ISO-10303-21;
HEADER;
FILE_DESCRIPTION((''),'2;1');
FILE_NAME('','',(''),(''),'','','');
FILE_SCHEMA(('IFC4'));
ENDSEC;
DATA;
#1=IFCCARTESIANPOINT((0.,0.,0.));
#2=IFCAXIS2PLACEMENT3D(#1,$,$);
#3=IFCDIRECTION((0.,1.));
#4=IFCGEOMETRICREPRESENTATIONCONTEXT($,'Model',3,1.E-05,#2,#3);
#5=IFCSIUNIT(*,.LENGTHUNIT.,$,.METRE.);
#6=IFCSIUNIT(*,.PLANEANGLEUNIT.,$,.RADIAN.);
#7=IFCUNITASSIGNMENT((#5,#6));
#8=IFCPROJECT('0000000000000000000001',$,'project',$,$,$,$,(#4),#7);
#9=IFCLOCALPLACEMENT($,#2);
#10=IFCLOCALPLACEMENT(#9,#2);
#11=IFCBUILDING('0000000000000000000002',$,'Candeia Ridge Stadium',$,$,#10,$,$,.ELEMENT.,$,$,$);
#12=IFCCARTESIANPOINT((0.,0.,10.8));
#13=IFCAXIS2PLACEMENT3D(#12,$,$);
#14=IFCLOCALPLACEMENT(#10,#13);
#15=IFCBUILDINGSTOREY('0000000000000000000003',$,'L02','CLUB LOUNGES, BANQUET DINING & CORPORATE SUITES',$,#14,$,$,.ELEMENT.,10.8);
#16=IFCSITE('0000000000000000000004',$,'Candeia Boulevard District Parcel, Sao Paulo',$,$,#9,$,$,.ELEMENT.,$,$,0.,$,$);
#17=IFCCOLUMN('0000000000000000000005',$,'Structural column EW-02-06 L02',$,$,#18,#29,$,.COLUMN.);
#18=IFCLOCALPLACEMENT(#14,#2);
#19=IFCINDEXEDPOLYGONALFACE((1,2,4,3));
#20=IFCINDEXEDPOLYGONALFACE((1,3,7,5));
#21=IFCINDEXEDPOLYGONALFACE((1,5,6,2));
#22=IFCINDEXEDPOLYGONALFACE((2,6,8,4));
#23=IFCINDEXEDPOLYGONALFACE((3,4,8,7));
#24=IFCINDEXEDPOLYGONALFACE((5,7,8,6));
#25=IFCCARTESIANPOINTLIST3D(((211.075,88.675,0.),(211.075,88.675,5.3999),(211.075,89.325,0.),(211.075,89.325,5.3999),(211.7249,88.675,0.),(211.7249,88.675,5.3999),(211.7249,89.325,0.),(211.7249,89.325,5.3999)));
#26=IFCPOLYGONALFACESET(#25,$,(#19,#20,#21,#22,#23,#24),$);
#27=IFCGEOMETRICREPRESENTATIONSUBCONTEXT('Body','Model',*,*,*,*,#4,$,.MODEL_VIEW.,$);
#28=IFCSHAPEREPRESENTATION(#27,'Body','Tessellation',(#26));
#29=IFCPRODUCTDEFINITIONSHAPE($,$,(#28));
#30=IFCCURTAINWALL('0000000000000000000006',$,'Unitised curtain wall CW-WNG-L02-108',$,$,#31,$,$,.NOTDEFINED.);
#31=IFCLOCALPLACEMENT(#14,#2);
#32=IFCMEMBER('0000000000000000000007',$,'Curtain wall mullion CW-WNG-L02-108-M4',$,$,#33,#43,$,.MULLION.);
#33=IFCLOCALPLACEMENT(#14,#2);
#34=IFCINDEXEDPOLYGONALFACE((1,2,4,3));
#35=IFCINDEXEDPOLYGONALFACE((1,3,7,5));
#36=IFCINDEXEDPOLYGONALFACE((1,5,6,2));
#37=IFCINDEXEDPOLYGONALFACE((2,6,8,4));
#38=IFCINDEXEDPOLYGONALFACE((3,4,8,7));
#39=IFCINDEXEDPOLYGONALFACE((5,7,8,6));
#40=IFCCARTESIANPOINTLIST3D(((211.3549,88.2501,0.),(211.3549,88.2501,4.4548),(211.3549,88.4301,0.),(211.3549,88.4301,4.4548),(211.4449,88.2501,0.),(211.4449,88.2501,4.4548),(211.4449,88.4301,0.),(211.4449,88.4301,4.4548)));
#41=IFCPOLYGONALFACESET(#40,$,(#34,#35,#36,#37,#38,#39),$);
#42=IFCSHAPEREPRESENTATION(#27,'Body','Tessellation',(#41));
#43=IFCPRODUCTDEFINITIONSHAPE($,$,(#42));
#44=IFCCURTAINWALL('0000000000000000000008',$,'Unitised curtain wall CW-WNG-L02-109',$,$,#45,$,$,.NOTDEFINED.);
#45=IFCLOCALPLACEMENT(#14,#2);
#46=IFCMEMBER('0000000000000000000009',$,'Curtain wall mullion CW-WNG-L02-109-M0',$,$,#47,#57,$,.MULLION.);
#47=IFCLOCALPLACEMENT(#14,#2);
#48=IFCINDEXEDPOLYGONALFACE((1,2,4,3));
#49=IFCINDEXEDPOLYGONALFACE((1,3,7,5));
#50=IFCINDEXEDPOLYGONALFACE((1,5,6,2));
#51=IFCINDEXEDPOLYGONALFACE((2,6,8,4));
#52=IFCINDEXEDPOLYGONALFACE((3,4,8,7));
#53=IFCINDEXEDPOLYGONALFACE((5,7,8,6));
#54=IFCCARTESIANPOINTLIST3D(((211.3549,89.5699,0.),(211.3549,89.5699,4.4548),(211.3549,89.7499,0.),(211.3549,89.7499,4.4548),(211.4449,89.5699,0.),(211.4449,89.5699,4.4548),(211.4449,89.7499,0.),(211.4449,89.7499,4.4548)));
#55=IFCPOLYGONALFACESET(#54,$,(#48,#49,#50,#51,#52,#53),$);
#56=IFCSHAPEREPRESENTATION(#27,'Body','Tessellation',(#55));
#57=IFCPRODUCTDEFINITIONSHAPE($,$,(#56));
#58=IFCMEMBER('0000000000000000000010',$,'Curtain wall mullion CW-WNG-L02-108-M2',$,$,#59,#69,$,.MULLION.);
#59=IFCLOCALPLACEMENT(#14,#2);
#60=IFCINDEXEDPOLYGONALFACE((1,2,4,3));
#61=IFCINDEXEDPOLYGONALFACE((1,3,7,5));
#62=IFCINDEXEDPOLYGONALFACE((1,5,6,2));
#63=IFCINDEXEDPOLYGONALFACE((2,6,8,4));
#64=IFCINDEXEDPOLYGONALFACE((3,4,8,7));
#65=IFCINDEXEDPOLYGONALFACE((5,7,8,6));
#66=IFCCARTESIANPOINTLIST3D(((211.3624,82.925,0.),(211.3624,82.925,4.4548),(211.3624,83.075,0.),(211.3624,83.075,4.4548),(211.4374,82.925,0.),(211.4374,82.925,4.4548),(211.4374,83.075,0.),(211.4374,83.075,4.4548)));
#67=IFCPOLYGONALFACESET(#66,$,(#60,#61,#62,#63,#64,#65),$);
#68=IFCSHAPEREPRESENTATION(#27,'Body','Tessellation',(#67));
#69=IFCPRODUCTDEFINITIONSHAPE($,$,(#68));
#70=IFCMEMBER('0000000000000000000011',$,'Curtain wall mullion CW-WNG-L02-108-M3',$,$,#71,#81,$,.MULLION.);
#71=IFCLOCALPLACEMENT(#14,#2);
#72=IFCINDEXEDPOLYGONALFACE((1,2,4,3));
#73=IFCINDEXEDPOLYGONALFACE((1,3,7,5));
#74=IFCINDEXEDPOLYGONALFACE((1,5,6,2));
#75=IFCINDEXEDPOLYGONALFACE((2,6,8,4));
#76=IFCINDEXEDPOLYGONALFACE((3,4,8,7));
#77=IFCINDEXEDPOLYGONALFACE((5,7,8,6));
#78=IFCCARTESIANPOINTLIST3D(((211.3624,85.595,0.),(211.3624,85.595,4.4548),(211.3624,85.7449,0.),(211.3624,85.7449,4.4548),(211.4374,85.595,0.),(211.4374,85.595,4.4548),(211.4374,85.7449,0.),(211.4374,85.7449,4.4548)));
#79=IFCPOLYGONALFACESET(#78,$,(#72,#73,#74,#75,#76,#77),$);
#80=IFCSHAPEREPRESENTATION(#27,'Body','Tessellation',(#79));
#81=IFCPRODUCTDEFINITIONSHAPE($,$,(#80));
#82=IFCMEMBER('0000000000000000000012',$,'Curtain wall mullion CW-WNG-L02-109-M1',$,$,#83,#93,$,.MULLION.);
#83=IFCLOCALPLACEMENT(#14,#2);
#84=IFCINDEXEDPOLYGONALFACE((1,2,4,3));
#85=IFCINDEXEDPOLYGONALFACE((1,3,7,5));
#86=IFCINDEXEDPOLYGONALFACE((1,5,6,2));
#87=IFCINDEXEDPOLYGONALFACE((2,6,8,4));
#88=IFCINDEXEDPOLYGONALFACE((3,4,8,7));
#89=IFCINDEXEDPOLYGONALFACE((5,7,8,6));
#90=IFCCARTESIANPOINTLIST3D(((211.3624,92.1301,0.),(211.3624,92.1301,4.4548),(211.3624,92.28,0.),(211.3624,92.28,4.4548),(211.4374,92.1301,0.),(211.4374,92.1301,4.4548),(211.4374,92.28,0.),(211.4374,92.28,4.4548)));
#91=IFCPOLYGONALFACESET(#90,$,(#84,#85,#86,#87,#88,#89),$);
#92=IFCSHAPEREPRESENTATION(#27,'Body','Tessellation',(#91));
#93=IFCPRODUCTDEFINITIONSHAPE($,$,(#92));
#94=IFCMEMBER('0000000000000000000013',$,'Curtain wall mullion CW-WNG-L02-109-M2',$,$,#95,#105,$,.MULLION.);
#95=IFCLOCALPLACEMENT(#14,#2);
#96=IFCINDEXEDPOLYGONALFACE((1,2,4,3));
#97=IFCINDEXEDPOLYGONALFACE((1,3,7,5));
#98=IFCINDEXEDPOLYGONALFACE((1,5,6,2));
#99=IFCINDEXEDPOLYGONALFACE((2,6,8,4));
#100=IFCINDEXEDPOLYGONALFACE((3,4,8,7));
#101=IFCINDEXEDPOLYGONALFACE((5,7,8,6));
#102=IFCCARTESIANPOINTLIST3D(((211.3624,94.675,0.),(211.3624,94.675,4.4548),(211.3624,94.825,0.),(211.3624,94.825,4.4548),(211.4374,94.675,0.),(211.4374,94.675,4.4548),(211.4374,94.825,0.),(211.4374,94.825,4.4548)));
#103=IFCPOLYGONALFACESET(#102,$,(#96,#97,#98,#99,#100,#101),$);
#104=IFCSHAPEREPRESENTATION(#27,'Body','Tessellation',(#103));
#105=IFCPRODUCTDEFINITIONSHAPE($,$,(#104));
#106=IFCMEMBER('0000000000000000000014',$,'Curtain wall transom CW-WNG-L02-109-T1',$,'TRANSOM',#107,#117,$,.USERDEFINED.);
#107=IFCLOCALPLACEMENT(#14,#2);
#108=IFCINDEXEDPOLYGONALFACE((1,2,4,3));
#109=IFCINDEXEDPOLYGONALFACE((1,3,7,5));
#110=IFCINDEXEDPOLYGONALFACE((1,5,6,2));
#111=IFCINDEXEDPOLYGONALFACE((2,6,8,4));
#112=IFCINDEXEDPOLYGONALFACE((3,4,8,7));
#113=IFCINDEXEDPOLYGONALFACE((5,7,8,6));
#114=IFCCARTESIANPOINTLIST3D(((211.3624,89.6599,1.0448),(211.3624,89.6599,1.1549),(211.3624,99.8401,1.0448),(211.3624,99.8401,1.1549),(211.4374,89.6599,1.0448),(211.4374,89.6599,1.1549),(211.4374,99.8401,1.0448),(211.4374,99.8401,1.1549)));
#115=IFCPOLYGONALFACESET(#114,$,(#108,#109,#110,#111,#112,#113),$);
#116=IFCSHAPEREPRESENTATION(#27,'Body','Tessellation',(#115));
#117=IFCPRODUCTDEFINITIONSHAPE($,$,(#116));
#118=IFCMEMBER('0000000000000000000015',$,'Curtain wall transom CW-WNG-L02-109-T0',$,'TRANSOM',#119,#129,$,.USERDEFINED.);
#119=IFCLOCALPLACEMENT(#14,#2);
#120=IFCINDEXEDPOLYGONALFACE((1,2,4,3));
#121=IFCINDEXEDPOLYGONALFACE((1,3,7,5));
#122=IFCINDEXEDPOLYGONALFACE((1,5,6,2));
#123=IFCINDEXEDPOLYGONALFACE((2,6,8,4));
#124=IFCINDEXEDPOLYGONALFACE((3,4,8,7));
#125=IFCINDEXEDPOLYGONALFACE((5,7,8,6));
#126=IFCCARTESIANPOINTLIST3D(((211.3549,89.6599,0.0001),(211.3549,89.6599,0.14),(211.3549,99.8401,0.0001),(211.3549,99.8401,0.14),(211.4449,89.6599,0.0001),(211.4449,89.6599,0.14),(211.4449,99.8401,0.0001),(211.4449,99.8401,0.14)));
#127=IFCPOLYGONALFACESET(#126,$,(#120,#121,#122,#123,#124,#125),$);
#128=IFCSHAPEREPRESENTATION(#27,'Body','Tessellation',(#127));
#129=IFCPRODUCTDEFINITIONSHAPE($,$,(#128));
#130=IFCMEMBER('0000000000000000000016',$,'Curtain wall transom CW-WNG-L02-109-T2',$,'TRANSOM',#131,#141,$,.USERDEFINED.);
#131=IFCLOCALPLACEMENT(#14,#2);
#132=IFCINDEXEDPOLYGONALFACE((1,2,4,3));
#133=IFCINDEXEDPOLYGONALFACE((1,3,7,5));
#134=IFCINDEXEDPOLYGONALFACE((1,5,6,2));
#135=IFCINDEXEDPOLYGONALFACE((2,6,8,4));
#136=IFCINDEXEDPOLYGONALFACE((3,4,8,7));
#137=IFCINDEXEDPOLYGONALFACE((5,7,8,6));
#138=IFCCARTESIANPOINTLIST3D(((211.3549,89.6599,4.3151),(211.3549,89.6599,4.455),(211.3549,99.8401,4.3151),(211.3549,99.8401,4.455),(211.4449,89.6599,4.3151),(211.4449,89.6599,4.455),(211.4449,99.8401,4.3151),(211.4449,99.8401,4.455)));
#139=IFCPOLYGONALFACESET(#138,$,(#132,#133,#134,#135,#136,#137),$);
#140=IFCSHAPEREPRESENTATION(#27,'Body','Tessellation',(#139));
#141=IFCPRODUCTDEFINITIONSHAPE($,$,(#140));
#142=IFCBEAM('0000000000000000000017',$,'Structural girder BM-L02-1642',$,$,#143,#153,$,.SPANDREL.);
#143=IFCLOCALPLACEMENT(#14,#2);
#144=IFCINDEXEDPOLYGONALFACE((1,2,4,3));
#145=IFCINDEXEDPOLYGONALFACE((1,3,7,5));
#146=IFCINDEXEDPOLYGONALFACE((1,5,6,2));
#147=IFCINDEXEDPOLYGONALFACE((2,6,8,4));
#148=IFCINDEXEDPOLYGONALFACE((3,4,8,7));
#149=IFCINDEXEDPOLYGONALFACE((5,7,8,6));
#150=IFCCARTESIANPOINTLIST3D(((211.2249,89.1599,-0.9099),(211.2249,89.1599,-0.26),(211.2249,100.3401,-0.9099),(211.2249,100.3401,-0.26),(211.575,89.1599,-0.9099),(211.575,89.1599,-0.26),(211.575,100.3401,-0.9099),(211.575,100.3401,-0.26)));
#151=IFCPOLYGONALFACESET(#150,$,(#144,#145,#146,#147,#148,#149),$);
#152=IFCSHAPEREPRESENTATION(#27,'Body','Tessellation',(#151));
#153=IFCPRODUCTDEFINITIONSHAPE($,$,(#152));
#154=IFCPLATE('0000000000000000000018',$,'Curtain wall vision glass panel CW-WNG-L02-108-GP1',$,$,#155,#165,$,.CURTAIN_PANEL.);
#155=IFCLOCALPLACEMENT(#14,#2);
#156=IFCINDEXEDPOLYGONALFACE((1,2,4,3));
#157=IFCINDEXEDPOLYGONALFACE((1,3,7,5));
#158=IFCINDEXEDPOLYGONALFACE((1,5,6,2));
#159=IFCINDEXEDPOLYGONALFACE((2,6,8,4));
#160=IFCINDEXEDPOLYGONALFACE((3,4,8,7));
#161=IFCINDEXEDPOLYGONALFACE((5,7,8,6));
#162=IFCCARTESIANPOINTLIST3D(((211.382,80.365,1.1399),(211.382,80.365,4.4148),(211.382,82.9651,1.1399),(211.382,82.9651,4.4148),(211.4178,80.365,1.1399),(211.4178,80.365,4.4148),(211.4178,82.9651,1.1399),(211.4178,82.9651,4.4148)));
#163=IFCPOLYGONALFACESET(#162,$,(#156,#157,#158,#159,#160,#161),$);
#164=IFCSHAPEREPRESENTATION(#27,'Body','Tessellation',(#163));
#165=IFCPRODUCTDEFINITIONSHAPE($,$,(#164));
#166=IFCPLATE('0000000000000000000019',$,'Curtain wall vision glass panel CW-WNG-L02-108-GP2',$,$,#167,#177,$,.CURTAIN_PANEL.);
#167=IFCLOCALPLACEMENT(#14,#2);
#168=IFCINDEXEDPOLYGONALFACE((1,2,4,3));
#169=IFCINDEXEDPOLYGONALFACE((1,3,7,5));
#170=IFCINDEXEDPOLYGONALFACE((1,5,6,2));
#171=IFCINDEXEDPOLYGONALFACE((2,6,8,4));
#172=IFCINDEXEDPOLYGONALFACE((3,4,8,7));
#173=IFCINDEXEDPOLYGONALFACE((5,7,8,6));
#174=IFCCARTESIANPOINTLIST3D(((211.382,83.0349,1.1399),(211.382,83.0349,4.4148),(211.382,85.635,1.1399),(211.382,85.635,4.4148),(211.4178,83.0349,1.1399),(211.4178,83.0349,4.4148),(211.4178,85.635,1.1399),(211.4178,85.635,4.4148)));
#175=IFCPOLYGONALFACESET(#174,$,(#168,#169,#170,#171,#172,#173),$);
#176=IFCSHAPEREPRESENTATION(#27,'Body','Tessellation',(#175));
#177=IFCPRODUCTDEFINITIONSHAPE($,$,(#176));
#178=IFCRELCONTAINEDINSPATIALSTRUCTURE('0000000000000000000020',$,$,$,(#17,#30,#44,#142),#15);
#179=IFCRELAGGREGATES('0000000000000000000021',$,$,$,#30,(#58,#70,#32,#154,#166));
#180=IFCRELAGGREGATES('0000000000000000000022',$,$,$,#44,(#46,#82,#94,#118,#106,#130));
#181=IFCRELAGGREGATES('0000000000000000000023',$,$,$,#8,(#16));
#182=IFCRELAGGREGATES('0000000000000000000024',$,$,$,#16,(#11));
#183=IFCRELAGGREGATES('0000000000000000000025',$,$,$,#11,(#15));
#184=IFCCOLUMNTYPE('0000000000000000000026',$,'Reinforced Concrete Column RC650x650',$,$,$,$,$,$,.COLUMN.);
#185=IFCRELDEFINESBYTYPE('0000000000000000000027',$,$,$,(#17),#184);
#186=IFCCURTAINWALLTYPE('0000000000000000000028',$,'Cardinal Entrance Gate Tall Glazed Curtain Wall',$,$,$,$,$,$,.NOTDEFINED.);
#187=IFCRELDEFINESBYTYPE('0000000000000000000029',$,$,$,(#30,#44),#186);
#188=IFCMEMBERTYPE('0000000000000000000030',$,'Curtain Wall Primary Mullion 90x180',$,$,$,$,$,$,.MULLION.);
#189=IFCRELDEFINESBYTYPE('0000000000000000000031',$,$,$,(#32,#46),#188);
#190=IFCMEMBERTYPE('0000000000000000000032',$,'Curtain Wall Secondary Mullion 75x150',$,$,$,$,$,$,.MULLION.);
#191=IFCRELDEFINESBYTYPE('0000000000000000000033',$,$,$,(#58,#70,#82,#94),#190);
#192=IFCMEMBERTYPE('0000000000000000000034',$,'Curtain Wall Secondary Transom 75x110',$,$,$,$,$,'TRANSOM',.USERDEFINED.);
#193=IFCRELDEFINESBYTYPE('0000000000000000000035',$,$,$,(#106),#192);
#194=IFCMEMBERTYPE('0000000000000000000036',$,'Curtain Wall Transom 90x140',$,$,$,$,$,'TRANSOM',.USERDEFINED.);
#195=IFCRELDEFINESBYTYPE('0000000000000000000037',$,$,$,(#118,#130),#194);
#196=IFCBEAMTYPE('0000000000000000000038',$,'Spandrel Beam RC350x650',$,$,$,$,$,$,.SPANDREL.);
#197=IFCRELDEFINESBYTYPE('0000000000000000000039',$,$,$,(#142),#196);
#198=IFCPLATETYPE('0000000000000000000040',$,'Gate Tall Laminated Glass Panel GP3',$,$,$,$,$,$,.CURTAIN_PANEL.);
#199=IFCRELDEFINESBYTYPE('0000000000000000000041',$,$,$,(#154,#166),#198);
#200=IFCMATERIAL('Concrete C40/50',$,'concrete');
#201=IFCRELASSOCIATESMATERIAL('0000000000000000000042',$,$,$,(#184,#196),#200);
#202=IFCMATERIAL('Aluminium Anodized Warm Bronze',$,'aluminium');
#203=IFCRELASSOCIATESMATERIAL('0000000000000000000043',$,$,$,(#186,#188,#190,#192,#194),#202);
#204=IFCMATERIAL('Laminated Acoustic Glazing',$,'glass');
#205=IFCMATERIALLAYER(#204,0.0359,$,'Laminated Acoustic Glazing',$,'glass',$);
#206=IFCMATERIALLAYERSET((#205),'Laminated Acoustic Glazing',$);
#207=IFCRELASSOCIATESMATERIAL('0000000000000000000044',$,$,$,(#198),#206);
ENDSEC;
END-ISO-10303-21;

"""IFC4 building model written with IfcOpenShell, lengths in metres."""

from ifc_helpers import new_model, si_unit, direction, frame, origin, origin_2d, place, context, subcontext, project, spatial, rectangle, extrude, material, layer, layer_set, material_profile, profile_set, type_object, element, aggregate, save


model = new_model("IFC4")

# Units and contexts
model_context = context("Model", 3, precision=1e-05, world=origin(), true_north=direction((0.0, 1.0)))
body_context = subcontext(model_context, "Body", "Model", "MODEL_VIEW")
ifc_project = project(units=[si_unit("LENGTHUNIT", "METRE"), si_unit("PLANEANGLEUNIT", "RADIAN")], contexts=[model_context])

# Site, building, storey
site_placement = place(None, origin())
site = spatial("IfcSite", under=ifc_project, at=site_placement, Name="Candeia Boulevard District Parcel, Sao Paulo", CompositionType="ELEMENT", RefElevation=0.0)
building_placement = place(site_placement, origin())
building = spatial("IfcBuilding", under=site, at=building_placement, Name="Candeia Ridge Stadium", CompositionType="ELEMENT")
storey_placement = place(building_placement, frame((0.0, 0.0, 10.8)))
storey = spatial("IfcBuildingStorey", under=building, at=storey_placement, Name="L02", Description="CLUB LOUNGES, BANQUET DINING & CORPORATE SUITES", CompositionType="ELEMENT", Elevation=10.8)

# Column
ifc_material_1 = material(Name="Concrete C40/50", Category="concrete")
ifc_material_profile_1 = material_profile(ifc_material_1, rectangle(XDim=0.6499, YDim=0.6499, at=origin_2d()), Name="RC650x650", Category="concrete")
ifc_profile_set_1 = profile_set([ifc_material_profile_1], Name="Concrete C40/50")
column_type = type_object("IfcColumnType", Name="Reinforced Concrete Column RC650x650", PredefinedType="COLUMN", material=ifc_profile_set_1)
column_placement = place(storey_placement, frame((211.3999, 89.0, 0.0), z_axis=(0.0, 0.0, 1.0), x_axis=(1.0, 0.0, 0.0)))
element("IfcColumn", 1, at=column_placement, inside=storey, type_object=column_type, Name="Structural column EW-02-06 L02", PredefinedType="COLUMN", context=body_context, shape_type="SweptSolid", body=[
    extrude(rectangle(XDim=0.6499, YDim=0.6499, at=origin_2d()), origin(), (0.0, 0.0, 1.0), 5.3999),
])

# Curtain walls, members
ifc_material_2 = material(Name="Aluminium Anodized Warm Bronze", Category="aluminium")
curtain_wall_type = type_object("IfcCurtainWallType", Name="Cardinal Entrance Gate Tall Glazed Curtain Wall", PredefinedType="NOTDEFINED", material=ifc_material_2)
curtain_wall_1_placement = place(storey_placement, origin())
curtain_wall_1 = element("IfcCurtainWall", 2, at=curtain_wall_1_placement, inside=storey, type_object=curtain_wall_type, Name="Unitised curtain wall CW-WNG-L02-108", PredefinedType="NOTDEFINED")
ifc_material_profile_2 = material_profile(ifc_material_2, rectangle(XDim=0.0901, YDim=0.1799, at=origin_2d()), Name="CWM-90x180", Category="aluminium")
ifc_profile_set_2 = profile_set([ifc_material_profile_2], Name="Aluminium Anodized Warm Bronze")
member_type_1 = type_object("IfcMemberType", Name="Curtain Wall Primary Mullion 90x180", PredefinedType="MULLION", material=ifc_profile_set_2)
member_1_placement = place(storey_placement, frame((211.3999, 88.3401, 0.0), z_axis=(0.0, 0.0, 1.0), x_axis=(1.0, 0.0, 0.0)))
member_1 = element("IfcMember", 3, at=member_1_placement, type_object=member_type_1, Name="Curtain wall mullion CW-WNG-L02-108-M4", PredefinedType="MULLION", context=body_context, shape_type="SweptSolid", body=[
    extrude(rectangle(XDim=0.0901, YDim=0.1799, at=origin_2d()), origin(), (0.0, 0.0, 1.0), 4.4548),
])
curtain_wall_2_placement = place(storey_placement, origin())
curtain_wall_2 = element("IfcCurtainWall", 4, at=curtain_wall_2_placement, inside=storey, type_object=curtain_wall_type, Name="Unitised curtain wall CW-WNG-L02-109", PredefinedType="NOTDEFINED")
member_2_placement = place(storey_placement, frame((211.3999, 89.6599, 0.0), z_axis=(0.0, 0.0, 1.0), x_axis=(1.0, 0.0, 0.0)))
member_2 = element("IfcMember", 5, at=member_2_placement, type_object=member_type_1, Name="Curtain wall mullion CW-WNG-L02-109-M0", PredefinedType="MULLION", context=body_context, shape_type="SweptSolid", body=[
    extrude(rectangle(XDim=0.0901, YDim=0.1799, at=origin_2d()), origin(), (0.0, 0.0, 1.0), 4.4548),
])

# Members
ifc_material_profile_3 = material_profile(ifc_material_2, rectangle(XDim=0.075, YDim=0.1499, at=origin_2d()), Name="CWM-75x150", Category="aluminium")
ifc_profile_set_3 = profile_set([ifc_material_profile_3], Name="Aluminium Anodized Warm Bronze")
member_type_2 = type_object("IfcMemberType", Name="Curtain Wall Secondary Mullion 75x150", PredefinedType="MULLION", material=ifc_profile_set_3)
member_3_placement = place(storey_placement, frame((211.3999, 83.0, 0.0), z_axis=(0.0, 0.0, 1.0), x_axis=(1.0, 0.0, 0.0)))
member_3 = element("IfcMember", 6, at=member_3_placement, type_object=member_type_2, Name="Curtain wall mullion CW-WNG-L02-108-M2", PredefinedType="MULLION", context=body_context, shape_type="SweptSolid", body=[
    extrude(rectangle(XDim=0.075, YDim=0.1499, at=origin_2d()), origin(), (0.0, 0.0, 1.0), 4.4548),
])
member_4_placement = place(storey_placement, frame((211.3999, 85.6699, 0.0), z_axis=(0.0, 0.0, 1.0), x_axis=(1.0, 0.0, 0.0)))
member_4 = element("IfcMember", 7, at=member_4_placement, type_object=member_type_2, Name="Curtain wall mullion CW-WNG-L02-108-M3", PredefinedType="MULLION", context=body_context, shape_type="SweptSolid", body=[
    extrude(rectangle(XDim=0.075, YDim=0.1499, at=origin_2d()), origin(), (0.0, 0.0, 1.0), 4.4548),
])
member_5_placement = place(storey_placement, frame((211.3999, 92.2051, 0.0), z_axis=(0.0, 0.0, 1.0), x_axis=(1.0, 0.0, 0.0)))
member_5 = element("IfcMember", 8, at=member_5_placement, type_object=member_type_2, Name="Curtain wall mullion CW-WNG-L02-109-M1", PredefinedType="MULLION", context=body_context, shape_type="SweptSolid", body=[
    extrude(rectangle(XDim=0.075, YDim=0.1499, at=origin_2d()), origin(), (0.0, 0.0, 1.0), 4.4548),
])
member_6_placement = place(storey_placement, frame((211.3999, 94.75, 0.0), z_axis=(0.0, 0.0, 1.0), x_axis=(1.0, 0.0, 0.0)))
member_6 = element("IfcMember", 9, at=member_6_placement, type_object=member_type_2, Name="Curtain wall mullion CW-WNG-L02-109-M2", PredefinedType="MULLION", context=body_context, shape_type="SweptSolid", body=[
    extrude(rectangle(XDim=0.075, YDim=0.1499, at=origin_2d()), origin(), (0.0, 0.0, 1.0), 4.4548),
])
ifc_material_profile_4 = material_profile(ifc_material_2, rectangle(XDim=0.075, YDim=0.1101, at=origin_2d()), Name="CWT-75x110", Category="aluminium")
ifc_profile_set_4 = profile_set([ifc_material_profile_4], Name="Aluminium Anodized Warm Bronze")
member_type_3 = type_object("IfcMemberType", Name="Curtain Wall Secondary Transom 75x110", ElementType="TRANSOM", PredefinedType="USERDEFINED", material=ifc_profile_set_4)
member_7_placement = place(storey_placement, frame((211.3999, 89.6599, 1.0999), z_axis=(0.0, 1.0, 0.0), x_axis=(-1.0, 0.0, 0.0)))
member_7 = element("IfcMember", 10, at=member_7_placement, type_object=member_type_3, Name="Curtain wall transom CW-WNG-L02-109-T1", ObjectType="TRANSOM", PredefinedType="USERDEFINED", context=body_context, shape_type="SweptSolid", body=[
    extrude(rectangle(XDim=0.075, YDim=0.1101, at=origin_2d()), origin(), (0.0, 0.0, 1.0), 10.1802),
])
ifc_material_profile_5 = material_profile(ifc_material_2, rectangle(XDim=0.0901, YDim=0.1399, at=origin_2d()), Name="CWT-90x140", Category="aluminium")
ifc_profile_set_5 = profile_set([ifc_material_profile_5], Name="Aluminium Anodized Warm Bronze")
member_type_4 = type_object("IfcMemberType", Name="Curtain Wall Transom 90x140", ElementType="TRANSOM", PredefinedType="USERDEFINED", material=ifc_profile_set_5)
member_8_placement = place(storey_placement, frame((211.3999, 89.6599, 0.0701), z_axis=(0.0, 1.0, 0.0), x_axis=(-1.0, 0.0, 0.0)))
member_8 = element("IfcMember", 11, at=member_8_placement, type_object=member_type_4, Name="Curtain wall transom CW-WNG-L02-109-T0", ObjectType="TRANSOM", PredefinedType="USERDEFINED", context=body_context, shape_type="SweptSolid", body=[
    extrude(rectangle(XDim=0.0901, YDim=0.1399, at=origin_2d()), origin(), (0.0, 0.0, 1.0), 10.1802),
])
member_9_placement = place(storey_placement, frame((211.3999, 89.6599, 4.385), z_axis=(0.0, 1.0, 0.0), x_axis=(-1.0, 0.0, 0.0)))
member_9 = element("IfcMember", 12, at=member_9_placement, type_object=member_type_4, Name="Curtain wall transom CW-WNG-L02-109-T2", ObjectType="TRANSOM", PredefinedType="USERDEFINED", context=body_context, shape_type="SweptSolid", body=[
    extrude(rectangle(XDim=0.0901, YDim=0.1399, at=origin_2d()), origin(), (0.0, 0.0, 1.0), 10.1802),
])

# Beam
ifc_material_profile_6 = material_profile(ifc_material_1, rectangle(XDim=0.3501, YDim=0.6499, at=origin_2d()), Name="RC350x650", Category="concrete")
ifc_profile_set_6 = profile_set([ifc_material_profile_6], Name="Concrete C40/50")
beam_type = type_object("IfcBeamType", Name="Spandrel Beam RC350x650", PredefinedType="SPANDREL", material=ifc_profile_set_6)
beam_placement = place(storey_placement, frame((211.3999, 89.1599, -0.585), z_axis=(0.0, 1.0, 0.0), x_axis=(-1.0, 0.0, 0.0)))
element("IfcBeam", 13, at=beam_placement, inside=storey, type_object=beam_type, Name="Structural girder BM-L02-1642", PredefinedType="SPANDREL", context=body_context, shape_type="SweptSolid", body=[
    extrude(rectangle(XDim=0.3501, YDim=0.6499, at=origin_2d()), origin(), (0.0, 0.0, 1.0), 11.1802),
])

# Plates
ifc_material_3 = material(Name="Laminated Acoustic Glazing", Category="glass")
ifc_layer_1 = layer(ifc_material_3, 0.0359, Name="Laminated Acoustic Glazing", Category="glass")
ifc_layer_set_1 = layer_set([ifc_layer_1], Name="Laminated Acoustic Glazing")
plate_type_1 = type_object("IfcPlateType", Name="Gate Tall Laminated Glass Panel GP3", PredefinedType="CURTAIN_PANEL", material=ifc_layer_set_1)
plate_1_placement = place(storey_placement, frame((211.3999, 81.665, 1.1399), z_axis=(0.0, 0.0, 1.0), x_axis=(0.0, 1.0, 0.0)))
plate_1 = element("IfcPlate", 14, at=plate_1_placement, type_object=plate_type_1, Name="Curtain wall vision glass panel CW-WNG-L02-108-GP1", PredefinedType="CURTAIN_PANEL", context=body_context, shape_type="SweptSolid", body=[
    extrude(rectangle(XDim=2.6001, YDim=0.0359, at=origin_2d()), origin(), (0.0, 0.0, 1.0), 3.2749),
])
plate_2_placement = place(storey_placement, frame((211.3999, 84.335, 1.1399), z_axis=(0.0, 0.0, 1.0), x_axis=(0.0, 1.0, 0.0)))
plate_2 = element("IfcPlate", 15, at=plate_2_placement, type_object=plate_type_1, Name="Curtain wall vision glass panel CW-WNG-L02-108-GP2", PredefinedType="CURTAIN_PANEL", context=body_context, shape_type="SweptSolid", body=[
    extrude(rectangle(XDim=2.6001, YDim=0.0359, at=origin_2d()), origin(), (0.0, 0.0, 1.0), 3.2749),
])
aggregate(curtain_wall_1, [member_3, member_4, member_1, plate_1, plate_2])
aggregate(curtain_wall_2, [member_2, member_5, member_6, member_8, member_7, member_9])

save(model, "model.ifc")
